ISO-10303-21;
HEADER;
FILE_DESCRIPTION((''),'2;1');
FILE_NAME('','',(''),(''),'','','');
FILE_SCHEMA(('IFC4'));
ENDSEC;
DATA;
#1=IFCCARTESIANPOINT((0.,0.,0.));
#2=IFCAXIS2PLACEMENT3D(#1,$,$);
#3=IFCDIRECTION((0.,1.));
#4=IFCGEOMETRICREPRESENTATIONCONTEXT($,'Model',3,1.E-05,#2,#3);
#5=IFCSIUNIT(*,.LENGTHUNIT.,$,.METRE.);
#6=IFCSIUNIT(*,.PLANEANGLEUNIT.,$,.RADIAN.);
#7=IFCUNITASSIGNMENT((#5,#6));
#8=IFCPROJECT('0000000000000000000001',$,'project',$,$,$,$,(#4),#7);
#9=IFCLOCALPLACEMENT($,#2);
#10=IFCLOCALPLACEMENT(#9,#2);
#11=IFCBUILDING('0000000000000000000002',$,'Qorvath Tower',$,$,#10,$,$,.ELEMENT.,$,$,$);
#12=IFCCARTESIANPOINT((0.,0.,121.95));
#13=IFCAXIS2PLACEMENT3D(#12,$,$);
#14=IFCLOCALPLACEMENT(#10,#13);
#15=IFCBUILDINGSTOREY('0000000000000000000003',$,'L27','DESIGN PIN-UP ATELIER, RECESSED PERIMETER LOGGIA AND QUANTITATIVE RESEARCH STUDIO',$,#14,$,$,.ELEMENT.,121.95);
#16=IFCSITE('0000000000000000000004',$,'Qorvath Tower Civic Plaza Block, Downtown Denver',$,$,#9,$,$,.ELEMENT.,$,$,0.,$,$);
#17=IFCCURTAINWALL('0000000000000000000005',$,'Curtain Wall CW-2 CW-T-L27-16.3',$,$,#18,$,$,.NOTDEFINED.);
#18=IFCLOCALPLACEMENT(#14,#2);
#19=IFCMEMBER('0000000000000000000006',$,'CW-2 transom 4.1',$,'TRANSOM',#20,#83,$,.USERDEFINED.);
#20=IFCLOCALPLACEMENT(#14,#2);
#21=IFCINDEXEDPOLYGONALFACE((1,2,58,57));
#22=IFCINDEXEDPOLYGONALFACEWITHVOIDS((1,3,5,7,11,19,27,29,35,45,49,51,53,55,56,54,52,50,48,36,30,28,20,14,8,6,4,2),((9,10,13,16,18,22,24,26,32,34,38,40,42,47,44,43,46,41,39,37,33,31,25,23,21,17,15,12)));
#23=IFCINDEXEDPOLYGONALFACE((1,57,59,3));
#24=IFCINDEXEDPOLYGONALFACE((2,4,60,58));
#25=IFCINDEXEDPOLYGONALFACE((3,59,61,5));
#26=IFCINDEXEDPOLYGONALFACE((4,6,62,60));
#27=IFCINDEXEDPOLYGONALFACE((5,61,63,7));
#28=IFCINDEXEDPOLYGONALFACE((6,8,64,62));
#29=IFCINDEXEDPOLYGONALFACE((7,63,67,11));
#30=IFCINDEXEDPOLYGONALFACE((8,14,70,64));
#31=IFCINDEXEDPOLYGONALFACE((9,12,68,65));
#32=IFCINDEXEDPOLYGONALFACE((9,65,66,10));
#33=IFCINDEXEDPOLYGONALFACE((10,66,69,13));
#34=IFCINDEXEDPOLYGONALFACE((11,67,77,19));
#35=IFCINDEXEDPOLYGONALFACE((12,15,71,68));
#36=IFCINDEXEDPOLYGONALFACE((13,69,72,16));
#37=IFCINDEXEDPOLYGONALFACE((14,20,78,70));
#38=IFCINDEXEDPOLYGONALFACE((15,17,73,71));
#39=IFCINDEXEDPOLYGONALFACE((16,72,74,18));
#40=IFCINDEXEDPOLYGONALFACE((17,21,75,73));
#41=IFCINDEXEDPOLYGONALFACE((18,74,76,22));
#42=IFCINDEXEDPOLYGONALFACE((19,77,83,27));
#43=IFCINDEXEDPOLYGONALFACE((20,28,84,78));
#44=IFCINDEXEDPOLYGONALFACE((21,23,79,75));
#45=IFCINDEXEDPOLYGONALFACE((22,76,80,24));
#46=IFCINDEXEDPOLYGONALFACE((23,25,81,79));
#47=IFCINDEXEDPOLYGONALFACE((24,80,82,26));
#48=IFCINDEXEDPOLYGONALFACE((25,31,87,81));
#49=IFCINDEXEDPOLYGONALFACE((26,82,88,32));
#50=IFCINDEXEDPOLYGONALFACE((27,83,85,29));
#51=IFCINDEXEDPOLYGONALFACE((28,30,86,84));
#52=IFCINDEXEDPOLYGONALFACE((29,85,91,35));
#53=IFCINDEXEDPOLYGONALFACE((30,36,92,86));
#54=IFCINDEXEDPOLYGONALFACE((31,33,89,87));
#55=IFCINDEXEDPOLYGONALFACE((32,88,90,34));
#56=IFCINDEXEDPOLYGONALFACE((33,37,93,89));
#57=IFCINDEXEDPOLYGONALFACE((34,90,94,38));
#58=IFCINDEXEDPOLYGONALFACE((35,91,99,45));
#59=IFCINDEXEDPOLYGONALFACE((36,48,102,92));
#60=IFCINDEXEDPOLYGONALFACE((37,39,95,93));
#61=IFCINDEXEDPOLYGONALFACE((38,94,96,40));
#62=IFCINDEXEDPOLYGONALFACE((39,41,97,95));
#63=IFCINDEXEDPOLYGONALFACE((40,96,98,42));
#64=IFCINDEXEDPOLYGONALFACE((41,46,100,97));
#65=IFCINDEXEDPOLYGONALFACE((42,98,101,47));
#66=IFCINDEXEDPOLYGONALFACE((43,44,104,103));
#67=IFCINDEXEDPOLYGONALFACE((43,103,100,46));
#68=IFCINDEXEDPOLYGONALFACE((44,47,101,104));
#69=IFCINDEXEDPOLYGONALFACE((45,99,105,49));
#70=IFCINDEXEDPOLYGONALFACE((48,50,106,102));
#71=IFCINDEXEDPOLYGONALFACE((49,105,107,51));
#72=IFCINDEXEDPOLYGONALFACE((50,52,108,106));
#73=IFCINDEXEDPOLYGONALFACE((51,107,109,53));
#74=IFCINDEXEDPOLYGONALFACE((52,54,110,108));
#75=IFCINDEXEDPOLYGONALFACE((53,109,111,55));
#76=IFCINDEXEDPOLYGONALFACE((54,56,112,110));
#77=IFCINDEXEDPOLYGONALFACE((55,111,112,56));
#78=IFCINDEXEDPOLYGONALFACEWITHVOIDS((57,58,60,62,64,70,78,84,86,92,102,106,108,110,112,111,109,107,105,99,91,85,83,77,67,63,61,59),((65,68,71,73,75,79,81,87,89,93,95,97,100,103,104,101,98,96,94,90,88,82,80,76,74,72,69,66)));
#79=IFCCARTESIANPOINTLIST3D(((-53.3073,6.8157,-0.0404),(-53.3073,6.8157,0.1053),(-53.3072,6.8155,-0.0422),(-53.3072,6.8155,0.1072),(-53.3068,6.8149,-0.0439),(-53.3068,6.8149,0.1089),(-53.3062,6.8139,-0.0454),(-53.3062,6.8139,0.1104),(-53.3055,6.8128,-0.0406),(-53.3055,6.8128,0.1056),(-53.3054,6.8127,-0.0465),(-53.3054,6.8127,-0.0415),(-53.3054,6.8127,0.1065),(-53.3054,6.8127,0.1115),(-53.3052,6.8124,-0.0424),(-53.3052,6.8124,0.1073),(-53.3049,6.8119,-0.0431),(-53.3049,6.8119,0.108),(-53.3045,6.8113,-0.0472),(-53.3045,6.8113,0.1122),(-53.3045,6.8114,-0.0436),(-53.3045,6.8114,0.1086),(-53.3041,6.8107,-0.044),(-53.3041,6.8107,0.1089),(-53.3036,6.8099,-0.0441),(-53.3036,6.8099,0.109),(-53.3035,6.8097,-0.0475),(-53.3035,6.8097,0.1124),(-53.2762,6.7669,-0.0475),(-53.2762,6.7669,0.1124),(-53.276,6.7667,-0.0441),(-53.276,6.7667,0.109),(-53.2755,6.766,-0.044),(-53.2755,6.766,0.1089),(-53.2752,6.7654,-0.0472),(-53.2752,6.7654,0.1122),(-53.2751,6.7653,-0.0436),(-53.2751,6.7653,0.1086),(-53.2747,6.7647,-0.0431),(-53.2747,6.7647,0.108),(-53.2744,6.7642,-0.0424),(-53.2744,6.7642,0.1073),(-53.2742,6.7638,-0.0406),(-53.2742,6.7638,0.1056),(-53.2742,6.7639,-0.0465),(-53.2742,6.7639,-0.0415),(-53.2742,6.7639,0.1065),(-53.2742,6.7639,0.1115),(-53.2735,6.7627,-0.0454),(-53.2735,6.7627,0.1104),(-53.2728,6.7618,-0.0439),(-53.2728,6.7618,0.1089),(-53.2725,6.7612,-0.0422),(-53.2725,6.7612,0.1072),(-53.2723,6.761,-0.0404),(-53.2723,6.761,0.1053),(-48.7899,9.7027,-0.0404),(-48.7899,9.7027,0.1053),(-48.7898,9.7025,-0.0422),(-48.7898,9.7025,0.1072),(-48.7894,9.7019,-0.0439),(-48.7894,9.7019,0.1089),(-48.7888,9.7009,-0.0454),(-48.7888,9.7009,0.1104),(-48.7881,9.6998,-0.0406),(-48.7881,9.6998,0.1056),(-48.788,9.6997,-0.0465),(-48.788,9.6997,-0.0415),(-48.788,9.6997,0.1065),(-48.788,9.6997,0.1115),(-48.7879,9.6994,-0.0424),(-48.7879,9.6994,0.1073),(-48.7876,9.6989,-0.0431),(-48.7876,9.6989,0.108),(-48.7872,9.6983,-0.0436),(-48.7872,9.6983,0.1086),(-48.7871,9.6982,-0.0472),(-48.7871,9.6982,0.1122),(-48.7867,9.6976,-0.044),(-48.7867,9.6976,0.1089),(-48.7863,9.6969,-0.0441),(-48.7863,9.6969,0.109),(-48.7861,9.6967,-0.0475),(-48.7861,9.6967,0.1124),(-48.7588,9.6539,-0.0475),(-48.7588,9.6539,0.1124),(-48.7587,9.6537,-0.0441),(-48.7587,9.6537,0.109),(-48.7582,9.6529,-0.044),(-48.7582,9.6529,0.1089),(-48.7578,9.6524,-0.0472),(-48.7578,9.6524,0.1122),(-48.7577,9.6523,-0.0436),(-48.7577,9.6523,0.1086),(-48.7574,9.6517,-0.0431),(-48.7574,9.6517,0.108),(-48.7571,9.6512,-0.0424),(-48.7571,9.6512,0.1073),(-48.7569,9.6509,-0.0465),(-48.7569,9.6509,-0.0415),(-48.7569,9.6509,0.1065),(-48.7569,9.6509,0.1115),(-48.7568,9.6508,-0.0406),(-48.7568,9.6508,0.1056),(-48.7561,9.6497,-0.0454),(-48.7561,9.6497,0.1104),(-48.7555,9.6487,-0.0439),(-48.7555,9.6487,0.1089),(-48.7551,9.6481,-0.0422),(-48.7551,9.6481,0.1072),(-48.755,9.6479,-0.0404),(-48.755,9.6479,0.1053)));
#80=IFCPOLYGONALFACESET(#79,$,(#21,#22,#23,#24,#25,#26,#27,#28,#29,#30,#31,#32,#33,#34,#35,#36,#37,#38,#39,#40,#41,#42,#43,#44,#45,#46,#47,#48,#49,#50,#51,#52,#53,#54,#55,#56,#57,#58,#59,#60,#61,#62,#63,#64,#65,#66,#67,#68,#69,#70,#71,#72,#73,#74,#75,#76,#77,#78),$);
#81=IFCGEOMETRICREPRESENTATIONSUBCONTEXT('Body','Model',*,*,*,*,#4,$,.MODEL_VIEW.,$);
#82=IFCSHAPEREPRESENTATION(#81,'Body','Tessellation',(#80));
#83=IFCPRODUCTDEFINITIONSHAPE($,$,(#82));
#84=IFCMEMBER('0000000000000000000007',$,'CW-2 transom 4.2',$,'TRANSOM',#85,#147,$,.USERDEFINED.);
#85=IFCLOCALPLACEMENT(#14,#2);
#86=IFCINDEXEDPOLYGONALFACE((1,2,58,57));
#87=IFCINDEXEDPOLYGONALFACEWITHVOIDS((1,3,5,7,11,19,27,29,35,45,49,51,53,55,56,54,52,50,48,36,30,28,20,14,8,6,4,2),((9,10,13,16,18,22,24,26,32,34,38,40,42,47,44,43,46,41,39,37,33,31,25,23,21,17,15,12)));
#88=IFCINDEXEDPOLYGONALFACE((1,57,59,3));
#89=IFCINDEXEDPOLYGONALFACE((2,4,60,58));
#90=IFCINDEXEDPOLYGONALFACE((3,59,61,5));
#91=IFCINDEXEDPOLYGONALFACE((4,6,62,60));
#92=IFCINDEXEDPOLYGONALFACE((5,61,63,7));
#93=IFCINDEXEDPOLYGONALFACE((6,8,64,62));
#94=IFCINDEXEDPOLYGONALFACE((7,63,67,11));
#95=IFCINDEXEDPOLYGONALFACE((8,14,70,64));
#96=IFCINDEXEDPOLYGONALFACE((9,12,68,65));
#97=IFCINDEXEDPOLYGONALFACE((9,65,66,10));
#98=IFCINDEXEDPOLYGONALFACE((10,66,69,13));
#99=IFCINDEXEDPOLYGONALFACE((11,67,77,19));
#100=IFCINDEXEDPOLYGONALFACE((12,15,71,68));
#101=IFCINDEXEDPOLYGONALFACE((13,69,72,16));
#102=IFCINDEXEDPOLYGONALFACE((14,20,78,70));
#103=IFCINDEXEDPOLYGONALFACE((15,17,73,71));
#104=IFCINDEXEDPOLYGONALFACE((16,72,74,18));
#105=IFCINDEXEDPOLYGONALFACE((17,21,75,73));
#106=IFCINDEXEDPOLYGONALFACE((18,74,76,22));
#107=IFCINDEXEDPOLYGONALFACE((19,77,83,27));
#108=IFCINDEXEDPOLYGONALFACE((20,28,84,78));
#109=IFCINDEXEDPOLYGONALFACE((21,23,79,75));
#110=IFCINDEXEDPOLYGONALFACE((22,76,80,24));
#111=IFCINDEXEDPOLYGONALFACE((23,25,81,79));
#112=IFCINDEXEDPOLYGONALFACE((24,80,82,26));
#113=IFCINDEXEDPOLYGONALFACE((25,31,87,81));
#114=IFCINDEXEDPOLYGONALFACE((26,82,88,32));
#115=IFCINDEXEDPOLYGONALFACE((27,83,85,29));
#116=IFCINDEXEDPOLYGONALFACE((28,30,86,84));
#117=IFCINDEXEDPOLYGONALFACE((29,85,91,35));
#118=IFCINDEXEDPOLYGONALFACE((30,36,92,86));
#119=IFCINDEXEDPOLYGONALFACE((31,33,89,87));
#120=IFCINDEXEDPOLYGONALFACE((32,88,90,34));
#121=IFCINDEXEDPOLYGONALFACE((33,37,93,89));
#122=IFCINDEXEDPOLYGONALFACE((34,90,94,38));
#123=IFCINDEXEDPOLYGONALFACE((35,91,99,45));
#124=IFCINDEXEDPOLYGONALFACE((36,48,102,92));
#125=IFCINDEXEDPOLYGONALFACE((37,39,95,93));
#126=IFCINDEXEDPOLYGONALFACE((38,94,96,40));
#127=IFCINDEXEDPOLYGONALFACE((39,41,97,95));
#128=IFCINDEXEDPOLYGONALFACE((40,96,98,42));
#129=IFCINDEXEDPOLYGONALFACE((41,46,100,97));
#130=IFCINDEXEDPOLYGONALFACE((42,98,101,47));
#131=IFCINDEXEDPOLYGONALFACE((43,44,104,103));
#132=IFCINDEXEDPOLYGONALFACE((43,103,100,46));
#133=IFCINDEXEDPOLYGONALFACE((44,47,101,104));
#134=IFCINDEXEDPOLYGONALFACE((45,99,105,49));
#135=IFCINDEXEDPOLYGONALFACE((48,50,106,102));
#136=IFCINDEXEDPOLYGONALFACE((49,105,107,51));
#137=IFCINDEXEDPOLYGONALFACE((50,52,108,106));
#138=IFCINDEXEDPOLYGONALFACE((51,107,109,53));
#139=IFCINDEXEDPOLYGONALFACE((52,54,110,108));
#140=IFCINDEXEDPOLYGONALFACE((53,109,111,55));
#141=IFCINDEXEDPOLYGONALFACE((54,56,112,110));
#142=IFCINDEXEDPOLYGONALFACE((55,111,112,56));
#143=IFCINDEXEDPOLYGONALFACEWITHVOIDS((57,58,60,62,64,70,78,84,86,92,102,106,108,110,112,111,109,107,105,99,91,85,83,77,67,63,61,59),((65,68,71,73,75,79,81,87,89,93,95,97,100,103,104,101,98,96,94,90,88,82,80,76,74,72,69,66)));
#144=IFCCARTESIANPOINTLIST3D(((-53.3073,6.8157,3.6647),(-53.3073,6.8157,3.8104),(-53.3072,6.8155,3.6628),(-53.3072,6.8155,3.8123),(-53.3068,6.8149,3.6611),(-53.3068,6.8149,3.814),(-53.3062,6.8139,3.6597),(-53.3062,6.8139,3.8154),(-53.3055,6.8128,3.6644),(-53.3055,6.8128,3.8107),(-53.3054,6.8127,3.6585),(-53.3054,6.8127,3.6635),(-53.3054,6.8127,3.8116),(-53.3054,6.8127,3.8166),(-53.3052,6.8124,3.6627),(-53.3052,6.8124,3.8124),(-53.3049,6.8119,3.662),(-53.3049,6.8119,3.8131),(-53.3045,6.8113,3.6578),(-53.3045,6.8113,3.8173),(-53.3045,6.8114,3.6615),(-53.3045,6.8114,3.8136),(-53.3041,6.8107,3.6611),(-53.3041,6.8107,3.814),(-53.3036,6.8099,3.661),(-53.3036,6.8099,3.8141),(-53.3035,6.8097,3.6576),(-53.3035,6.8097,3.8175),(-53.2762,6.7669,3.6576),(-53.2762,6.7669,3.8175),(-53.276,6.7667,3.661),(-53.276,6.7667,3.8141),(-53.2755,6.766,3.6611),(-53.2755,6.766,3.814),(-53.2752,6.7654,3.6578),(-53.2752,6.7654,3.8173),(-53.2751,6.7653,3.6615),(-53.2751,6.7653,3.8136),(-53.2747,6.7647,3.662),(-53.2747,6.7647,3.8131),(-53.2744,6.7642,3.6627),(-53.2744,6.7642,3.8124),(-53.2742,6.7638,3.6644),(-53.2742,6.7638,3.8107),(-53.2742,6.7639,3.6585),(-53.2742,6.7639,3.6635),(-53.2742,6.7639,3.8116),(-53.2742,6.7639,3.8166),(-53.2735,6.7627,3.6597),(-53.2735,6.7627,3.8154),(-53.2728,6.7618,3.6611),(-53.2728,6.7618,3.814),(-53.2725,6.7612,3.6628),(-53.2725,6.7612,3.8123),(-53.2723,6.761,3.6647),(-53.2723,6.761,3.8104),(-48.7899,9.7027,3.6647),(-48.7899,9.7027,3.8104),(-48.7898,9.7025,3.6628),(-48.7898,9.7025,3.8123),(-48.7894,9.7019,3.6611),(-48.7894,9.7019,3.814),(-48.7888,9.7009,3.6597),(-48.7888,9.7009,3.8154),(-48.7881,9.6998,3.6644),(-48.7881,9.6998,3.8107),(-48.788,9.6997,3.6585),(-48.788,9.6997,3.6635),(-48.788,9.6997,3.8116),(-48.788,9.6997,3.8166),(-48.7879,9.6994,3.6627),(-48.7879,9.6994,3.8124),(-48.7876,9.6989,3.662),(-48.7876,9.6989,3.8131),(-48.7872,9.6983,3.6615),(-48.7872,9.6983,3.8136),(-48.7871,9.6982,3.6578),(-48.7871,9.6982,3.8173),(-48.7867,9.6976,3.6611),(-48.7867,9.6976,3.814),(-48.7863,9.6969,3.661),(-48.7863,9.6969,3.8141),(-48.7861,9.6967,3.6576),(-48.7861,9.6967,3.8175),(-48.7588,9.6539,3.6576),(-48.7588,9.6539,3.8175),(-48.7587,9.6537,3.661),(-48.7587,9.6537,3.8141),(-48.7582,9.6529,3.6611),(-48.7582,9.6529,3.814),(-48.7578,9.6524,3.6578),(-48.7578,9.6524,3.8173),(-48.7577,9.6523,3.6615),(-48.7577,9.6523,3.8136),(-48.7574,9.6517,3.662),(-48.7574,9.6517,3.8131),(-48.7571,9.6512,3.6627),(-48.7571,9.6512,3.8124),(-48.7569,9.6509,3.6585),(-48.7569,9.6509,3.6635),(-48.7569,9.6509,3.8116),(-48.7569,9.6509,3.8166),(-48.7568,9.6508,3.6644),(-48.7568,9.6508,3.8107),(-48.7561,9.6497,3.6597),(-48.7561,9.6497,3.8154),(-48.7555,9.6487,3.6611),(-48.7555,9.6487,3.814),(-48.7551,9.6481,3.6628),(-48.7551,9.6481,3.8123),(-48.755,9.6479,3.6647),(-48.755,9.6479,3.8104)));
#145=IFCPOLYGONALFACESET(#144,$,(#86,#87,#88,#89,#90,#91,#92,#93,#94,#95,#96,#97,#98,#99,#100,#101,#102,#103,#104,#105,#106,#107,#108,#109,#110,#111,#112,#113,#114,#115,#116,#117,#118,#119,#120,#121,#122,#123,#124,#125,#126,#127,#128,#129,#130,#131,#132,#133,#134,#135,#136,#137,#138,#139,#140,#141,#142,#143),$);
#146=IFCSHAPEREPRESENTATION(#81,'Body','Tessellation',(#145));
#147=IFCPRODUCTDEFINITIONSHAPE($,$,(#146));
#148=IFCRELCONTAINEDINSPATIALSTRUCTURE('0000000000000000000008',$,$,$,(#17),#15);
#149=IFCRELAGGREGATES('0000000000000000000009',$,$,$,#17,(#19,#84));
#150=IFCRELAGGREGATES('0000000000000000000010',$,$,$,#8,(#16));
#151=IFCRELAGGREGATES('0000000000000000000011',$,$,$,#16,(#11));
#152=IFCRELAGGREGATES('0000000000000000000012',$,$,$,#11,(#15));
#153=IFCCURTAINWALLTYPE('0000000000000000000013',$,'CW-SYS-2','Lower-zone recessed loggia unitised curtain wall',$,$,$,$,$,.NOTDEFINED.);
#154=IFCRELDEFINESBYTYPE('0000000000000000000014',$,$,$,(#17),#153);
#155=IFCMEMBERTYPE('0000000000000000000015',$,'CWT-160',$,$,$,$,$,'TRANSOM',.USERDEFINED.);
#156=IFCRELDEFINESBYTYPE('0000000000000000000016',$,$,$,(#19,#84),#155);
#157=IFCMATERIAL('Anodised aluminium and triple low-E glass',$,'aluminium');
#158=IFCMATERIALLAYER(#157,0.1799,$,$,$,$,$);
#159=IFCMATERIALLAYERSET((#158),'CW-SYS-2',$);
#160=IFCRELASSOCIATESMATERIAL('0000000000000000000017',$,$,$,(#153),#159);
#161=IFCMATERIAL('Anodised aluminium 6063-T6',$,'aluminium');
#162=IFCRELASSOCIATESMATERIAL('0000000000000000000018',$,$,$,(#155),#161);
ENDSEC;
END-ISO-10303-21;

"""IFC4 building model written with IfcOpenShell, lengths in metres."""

from ifc_helpers import new_model, si_unit, direction, frame, origin, origin_2d, place, context, subcontext, project, spatial, hollow_rectangle, extrude, material, layer, layer_set, material_profile, profile_set, type_object, element, aggregate, save


model = new_model("IFC4")

# Units and contexts
model_context = context("Model", 3, precision=1e-05, world=origin(), true_north=direction((0.0, 1.0)))
body_context = subcontext(model_context, "Body", "Model", "MODEL_VIEW")
ifc_project = project(units=[si_unit("LENGTHUNIT", "METRE"), si_unit("PLANEANGLEUNIT", "RADIAN")], contexts=[model_context])

# Site, building, storey
site_placement = place(None, origin())
site = spatial("IfcSite", under=ifc_project, at=site_placement, Name="Qorvath Tower Civic Plaza Block, Downtown Denver", CompositionType="ELEMENT", RefElevation=0.0)
building_placement = place(site_placement, origin())
building = spatial("IfcBuilding", under=site, at=building_placement, Name="Qorvath Tower", CompositionType="ELEMENT")
storey_placement = place(building_placement, frame((0.0, 0.0, 121.95)))
storey = spatial("IfcBuildingStorey", under=building, at=storey_placement, Name="L27", Description="DESIGN PIN-UP ATELIER, RECESSED PERIMETER LOGGIA AND QUANTITATIVE RESEARCH STUDIO", CompositionType="ELEMENT", Elevation=121.95)

# Curtain wall, members
ifc_material_1 = material(Name="Anodised aluminium and triple low-E glass", Category="aluminium")
ifc_layer_1 = layer(ifc_material_1, 0.1799)
ifc_layer_set_1 = layer_set([ifc_layer_1], Name="CW-SYS-2")
curtain_wall_type = type_object("IfcCurtainWallType", Name="CW-SYS-2", Description="Lower-zone recessed loggia unitised curtain wall", PredefinedType="NOTDEFINED", material=ifc_layer_set_1)
curtain_wall_placement = place(storey_placement, origin())
curtain_wall = element("IfcCurtainWall", 1, at=curtain_wall_placement, inside=storey, type_object=curtain_wall_type, Name="Curtain Wall CW-2 CW-T-L27-16.3", PredefinedType="NOTDEFINED")
ifc_material_2 = material(Name="Anodised aluminium 6063-T6", Category="aluminium")
ifc_material_profile_1 = material_profile(ifc_material_2, hollow_rectangle(XDim=0.0649, YDim=0.1599, WallThickness=0.0034, InnerFilletRadius=0.0034, OuterFilletRadius=0.0071, at=origin_2d()), Name="CWT 160x65")
ifc_profile_set_1 = profile_set([ifc_material_profile_1], Name="Anodised aluminium 6063-T6")
member_type_1 = type_object("IfcMemberType", Name="CWT-160", ElementType="TRANSOM", PredefinedType="USERDEFINED", material=ifc_profile_set_1)
member_1_placement = place(storey_placement, frame((-48.7725, 9.6753, 0.0325), z_axis=(-0.842621, -0.538507, 0.0), x_axis=(0.538507, -0.842621, 0.0)))
member_1 = element("IfcMember", 2, at=member_1_placement, type_object=member_type_1, Name="CW-2 transom 4.1", ObjectType="TRANSOM", PredefinedType="USERDEFINED", context=body_context, shape_type="SweptSolid", body=[
    extrude(hollow_rectangle(XDim=0.0649, YDim=0.1599, WallThickness=0.0034, InnerFilletRadius=0.0034, OuterFilletRadius=0.0071, at=origin_2d()), origin(), (0.0, 0.0, 1.0), 5.3611),
])
member_2_placement = place(storey_placement, frame((-48.7725, 9.6753, 3.7375), z_axis=(-0.842621, -0.538507, 0.0), x_axis=(0.538507, -0.842621, 0.0)))
member_2 = element("IfcMember", 3, at=member_2_placement, type_object=member_type_1, Name="CW-2 transom 4.2", ObjectType="TRANSOM", PredefinedType="USERDEFINED", context=body_context, shape_type="SweptSolid", body=[
    extrude(hollow_rectangle(XDim=0.0649, YDim=0.1599, WallThickness=0.0034, InnerFilletRadius=0.0034, OuterFilletRadius=0.0071, at=origin_2d()), origin(), (0.0, 0.0, 1.0), 5.3611),
])
aggregate(curtain_wall, [member_1, member_2])

save(model, "model.ifc")
